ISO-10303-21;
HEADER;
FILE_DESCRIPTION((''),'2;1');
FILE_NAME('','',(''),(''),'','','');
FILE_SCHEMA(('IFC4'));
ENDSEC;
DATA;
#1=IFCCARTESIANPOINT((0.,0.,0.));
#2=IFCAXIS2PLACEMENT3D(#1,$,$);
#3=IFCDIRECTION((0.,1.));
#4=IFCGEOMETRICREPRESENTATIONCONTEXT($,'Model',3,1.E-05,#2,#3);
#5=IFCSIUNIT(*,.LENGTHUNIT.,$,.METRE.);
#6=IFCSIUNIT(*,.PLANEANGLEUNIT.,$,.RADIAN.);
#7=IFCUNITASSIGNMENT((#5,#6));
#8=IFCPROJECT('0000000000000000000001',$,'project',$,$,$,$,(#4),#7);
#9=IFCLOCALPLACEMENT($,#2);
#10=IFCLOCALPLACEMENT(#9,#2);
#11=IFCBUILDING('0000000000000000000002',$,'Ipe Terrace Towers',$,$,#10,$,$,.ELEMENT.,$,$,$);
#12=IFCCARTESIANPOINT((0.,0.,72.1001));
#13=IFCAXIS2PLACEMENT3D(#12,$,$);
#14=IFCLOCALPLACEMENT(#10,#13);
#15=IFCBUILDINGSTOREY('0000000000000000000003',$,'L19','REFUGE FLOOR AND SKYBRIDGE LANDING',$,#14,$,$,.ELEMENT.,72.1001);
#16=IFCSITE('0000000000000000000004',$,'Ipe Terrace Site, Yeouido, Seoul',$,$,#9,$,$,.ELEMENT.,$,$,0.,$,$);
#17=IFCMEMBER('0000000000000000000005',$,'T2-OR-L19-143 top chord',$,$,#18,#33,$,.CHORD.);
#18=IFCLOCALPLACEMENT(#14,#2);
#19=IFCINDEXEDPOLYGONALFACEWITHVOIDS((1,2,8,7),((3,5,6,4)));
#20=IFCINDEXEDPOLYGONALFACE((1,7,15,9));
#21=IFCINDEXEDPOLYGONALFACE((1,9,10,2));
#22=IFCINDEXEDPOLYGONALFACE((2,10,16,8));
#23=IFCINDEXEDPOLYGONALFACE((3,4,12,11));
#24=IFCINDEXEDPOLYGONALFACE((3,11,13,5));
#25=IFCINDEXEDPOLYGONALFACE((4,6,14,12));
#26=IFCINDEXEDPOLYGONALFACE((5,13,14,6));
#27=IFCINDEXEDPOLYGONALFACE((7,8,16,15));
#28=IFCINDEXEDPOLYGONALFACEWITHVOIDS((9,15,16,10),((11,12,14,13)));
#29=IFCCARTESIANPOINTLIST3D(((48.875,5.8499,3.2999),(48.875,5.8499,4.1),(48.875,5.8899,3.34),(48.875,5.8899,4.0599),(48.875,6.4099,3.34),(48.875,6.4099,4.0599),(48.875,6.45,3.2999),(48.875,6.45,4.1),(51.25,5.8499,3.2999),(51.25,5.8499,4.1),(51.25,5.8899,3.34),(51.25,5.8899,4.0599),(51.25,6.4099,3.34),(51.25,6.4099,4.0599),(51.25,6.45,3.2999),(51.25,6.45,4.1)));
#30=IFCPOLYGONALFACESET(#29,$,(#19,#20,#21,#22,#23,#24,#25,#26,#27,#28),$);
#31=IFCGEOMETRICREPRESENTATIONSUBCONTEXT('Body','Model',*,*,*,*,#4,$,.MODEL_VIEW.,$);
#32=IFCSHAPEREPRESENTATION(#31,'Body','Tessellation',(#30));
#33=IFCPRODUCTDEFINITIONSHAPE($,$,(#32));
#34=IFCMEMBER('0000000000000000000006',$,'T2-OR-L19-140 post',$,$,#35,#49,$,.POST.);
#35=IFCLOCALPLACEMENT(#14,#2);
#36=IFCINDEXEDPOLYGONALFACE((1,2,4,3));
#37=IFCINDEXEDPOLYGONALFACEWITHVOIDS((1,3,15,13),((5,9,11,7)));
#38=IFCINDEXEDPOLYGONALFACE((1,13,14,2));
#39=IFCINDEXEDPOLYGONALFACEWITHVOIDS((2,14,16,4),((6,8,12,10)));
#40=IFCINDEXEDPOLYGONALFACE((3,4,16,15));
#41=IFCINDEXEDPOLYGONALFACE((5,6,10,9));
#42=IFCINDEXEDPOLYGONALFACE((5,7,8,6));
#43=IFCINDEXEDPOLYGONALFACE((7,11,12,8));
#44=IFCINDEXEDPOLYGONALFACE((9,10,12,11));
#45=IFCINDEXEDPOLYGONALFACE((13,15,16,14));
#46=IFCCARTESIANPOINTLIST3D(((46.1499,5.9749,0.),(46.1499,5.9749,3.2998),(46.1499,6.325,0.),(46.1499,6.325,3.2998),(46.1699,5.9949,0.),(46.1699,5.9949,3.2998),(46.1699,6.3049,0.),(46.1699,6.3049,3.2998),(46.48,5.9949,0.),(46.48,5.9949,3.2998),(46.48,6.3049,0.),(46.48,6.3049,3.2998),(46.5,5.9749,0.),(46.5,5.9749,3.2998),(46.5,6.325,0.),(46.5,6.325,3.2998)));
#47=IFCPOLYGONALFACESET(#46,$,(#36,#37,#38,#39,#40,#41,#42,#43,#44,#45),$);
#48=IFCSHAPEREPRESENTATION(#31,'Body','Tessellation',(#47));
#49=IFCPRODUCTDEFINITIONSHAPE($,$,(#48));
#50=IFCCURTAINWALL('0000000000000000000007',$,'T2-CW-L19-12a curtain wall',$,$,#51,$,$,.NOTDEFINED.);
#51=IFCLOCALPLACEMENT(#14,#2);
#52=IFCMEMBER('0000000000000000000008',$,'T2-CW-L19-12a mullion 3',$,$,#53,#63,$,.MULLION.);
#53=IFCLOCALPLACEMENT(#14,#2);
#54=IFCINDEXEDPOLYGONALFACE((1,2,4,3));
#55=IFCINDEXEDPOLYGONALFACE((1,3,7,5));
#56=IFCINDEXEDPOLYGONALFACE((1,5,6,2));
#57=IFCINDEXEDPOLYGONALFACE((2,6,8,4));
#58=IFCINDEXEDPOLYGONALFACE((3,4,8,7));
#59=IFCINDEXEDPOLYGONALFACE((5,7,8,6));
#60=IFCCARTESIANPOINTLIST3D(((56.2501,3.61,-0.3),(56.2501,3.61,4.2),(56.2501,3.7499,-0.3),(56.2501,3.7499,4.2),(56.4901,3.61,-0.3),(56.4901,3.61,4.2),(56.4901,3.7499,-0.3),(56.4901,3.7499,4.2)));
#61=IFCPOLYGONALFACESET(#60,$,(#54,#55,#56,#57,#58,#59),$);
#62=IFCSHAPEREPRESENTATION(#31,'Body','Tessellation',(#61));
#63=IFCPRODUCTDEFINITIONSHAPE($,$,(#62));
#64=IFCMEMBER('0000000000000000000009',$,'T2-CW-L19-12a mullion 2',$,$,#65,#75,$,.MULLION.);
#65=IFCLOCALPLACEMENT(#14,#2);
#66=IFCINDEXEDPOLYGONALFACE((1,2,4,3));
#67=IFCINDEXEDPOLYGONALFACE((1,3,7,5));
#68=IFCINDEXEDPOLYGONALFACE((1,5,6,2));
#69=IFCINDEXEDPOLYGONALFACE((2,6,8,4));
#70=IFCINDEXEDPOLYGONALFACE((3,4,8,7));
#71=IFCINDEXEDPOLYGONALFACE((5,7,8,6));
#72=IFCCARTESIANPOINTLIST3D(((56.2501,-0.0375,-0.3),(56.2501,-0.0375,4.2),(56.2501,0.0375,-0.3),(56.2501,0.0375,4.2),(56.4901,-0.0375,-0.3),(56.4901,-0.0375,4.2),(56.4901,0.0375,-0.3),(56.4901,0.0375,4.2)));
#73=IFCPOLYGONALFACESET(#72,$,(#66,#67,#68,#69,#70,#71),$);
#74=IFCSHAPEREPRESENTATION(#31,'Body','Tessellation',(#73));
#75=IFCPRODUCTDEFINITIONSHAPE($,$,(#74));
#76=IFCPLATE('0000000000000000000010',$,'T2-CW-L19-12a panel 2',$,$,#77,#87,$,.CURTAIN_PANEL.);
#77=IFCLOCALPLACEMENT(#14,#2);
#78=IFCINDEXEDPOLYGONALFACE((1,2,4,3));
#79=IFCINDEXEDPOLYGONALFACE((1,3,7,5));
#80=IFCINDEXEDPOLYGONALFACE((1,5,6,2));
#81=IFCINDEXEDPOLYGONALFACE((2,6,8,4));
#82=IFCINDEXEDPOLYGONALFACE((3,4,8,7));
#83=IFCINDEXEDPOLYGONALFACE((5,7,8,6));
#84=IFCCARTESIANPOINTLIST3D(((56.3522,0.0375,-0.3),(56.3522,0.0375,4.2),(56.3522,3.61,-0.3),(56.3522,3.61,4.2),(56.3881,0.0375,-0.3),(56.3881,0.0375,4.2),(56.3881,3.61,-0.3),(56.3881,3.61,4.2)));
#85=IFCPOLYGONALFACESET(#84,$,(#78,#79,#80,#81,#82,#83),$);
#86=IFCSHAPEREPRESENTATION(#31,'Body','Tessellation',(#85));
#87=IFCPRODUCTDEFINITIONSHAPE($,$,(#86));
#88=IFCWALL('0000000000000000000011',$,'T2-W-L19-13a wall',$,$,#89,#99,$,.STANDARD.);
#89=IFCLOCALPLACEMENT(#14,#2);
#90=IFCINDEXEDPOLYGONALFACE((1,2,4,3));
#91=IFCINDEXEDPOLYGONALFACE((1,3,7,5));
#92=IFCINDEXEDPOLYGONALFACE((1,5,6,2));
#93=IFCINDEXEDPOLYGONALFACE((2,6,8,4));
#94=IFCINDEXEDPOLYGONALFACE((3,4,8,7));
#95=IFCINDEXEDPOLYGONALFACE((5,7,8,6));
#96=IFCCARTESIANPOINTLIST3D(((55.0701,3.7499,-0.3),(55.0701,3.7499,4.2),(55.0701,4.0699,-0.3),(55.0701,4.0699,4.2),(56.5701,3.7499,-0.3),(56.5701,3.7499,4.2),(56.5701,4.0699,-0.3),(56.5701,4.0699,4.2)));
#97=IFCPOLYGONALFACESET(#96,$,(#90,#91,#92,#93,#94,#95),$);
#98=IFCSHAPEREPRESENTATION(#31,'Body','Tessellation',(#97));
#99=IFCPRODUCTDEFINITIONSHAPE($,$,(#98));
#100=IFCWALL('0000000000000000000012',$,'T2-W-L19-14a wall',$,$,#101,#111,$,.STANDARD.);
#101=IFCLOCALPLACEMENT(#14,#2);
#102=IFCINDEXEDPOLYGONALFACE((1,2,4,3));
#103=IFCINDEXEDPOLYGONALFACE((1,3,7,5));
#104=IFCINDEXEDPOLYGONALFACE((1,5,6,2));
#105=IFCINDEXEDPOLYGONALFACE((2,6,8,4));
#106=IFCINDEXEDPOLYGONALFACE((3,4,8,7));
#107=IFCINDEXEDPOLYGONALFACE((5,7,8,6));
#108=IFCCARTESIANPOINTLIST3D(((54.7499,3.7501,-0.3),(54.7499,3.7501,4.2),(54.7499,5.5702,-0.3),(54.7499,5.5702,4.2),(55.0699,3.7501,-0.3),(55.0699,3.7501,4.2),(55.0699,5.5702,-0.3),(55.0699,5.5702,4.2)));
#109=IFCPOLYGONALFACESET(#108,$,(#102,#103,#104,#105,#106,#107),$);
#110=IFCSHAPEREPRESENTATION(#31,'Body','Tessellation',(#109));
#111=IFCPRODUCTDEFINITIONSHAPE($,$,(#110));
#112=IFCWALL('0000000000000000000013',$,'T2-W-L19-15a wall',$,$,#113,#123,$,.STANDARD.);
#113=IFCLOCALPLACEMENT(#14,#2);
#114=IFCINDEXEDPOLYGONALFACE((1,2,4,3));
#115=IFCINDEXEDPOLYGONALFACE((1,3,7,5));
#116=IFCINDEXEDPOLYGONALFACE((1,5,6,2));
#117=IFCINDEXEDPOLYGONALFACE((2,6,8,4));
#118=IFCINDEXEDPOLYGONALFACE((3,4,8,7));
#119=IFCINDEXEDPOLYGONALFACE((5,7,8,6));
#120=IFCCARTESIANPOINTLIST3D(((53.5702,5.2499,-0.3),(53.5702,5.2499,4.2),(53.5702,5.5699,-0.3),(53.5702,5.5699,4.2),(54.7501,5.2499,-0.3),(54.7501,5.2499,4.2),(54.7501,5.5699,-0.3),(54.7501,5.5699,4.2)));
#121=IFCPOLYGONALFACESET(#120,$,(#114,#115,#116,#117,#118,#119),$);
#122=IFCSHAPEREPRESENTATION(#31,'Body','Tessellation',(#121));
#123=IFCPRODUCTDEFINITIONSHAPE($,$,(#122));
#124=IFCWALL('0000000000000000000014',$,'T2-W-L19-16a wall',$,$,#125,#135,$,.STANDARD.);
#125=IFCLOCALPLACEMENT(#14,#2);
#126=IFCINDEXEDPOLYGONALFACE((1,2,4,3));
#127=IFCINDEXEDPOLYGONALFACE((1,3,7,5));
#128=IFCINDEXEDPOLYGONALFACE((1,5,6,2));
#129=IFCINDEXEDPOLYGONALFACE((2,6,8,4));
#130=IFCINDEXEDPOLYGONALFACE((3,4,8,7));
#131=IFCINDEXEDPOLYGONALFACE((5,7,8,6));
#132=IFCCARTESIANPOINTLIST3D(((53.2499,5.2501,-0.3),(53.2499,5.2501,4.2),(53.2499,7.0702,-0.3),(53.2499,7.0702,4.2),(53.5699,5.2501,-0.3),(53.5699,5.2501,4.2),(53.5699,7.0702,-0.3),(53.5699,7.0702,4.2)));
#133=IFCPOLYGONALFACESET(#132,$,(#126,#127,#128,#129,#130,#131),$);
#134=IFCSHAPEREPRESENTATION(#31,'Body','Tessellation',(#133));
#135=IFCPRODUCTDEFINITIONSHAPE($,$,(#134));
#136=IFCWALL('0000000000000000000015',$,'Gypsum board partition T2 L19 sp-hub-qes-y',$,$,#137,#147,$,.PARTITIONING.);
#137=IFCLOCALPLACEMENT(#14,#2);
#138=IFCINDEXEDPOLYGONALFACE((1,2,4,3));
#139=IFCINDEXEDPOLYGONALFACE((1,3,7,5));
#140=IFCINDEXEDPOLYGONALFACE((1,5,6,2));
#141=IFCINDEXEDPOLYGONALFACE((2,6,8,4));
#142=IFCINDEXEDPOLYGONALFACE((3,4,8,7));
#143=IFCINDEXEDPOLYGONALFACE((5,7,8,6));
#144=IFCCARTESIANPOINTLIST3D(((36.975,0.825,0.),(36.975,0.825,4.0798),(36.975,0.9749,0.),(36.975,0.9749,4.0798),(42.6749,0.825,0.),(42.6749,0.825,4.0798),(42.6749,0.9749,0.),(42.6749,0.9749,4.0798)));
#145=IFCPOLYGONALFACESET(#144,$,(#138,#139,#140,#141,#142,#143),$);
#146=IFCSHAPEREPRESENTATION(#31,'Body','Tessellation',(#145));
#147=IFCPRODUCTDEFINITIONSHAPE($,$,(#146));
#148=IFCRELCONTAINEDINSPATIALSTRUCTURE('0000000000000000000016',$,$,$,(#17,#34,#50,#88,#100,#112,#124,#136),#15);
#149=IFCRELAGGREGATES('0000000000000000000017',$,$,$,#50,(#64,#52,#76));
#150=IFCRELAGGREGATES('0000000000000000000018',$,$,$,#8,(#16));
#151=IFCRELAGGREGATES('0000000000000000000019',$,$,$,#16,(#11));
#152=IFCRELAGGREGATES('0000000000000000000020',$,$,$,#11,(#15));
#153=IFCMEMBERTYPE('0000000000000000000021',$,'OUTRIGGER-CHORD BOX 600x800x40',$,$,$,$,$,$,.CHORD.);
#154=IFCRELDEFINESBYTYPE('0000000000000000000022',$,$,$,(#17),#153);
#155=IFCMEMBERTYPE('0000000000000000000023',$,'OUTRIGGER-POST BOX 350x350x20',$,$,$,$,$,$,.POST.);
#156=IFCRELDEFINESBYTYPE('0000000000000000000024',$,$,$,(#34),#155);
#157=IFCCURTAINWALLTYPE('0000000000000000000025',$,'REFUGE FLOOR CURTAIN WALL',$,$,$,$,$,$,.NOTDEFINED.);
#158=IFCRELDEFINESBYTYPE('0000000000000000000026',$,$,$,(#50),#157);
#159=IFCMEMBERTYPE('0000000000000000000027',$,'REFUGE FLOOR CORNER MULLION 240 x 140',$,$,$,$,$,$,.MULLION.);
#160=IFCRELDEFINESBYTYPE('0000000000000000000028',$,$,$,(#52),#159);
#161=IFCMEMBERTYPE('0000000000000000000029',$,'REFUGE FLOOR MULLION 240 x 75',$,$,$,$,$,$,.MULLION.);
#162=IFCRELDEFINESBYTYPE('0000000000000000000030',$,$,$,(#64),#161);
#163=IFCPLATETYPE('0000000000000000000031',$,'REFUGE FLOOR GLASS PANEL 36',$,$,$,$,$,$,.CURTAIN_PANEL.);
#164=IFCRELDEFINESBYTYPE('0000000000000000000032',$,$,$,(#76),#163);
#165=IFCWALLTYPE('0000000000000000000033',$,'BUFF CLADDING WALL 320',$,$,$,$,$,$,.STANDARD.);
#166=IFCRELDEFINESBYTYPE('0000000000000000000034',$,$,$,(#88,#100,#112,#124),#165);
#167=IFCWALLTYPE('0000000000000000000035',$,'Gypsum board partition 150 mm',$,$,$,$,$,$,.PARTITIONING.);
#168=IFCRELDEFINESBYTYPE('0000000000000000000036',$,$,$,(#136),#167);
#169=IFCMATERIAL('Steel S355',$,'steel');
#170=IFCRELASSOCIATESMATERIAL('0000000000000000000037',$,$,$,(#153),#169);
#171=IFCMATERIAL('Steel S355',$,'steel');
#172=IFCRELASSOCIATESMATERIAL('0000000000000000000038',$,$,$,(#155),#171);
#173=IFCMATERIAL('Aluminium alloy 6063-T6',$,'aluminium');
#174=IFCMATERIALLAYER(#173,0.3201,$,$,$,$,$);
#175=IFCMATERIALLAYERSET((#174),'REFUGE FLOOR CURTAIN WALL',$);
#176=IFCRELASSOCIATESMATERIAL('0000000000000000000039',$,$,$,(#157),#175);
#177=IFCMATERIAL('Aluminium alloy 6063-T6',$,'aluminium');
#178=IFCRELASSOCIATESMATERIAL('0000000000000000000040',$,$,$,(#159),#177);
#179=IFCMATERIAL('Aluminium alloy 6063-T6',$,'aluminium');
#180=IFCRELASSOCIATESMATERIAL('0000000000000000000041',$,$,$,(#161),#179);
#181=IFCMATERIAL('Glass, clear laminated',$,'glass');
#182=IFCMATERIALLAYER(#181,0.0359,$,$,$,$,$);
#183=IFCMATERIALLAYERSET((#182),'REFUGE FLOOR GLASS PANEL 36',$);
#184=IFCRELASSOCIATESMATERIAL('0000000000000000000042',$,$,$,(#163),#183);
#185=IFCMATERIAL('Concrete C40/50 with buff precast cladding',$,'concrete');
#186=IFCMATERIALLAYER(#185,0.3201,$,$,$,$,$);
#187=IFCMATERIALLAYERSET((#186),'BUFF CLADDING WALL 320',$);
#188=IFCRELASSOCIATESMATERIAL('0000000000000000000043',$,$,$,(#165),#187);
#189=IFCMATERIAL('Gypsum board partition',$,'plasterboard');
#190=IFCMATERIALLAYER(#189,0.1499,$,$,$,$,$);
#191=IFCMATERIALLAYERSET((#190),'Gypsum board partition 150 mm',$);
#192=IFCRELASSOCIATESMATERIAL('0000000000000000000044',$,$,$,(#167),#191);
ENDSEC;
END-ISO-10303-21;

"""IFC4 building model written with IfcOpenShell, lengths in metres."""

from ifc_helpers import new_model, si_unit, direction, frame, frame_2d, origin, origin_2d, place, context, subcontext, project, spatial, rectangle, hollow_rectangle, extrude, material, layer, layer_set, material_profile, profile_set, type_object, element, aggregate, save


model = new_model("IFC4")

# Units and contexts
model_context = context("Model", 3, precision=1e-05, world=origin(), true_north=direction((0.0, 1.0)))
body_context = subcontext(model_context, "Body", "Model", "MODEL_VIEW")
ifc_project = project(units=[si_unit("LENGTHUNIT", "METRE"), si_unit("PLANEANGLEUNIT", "RADIAN")], contexts=[model_context])

# Site, building, storey
site_placement = place(None, origin())
site = spatial("IfcSite", under=ifc_project, at=site_placement, Name="Ipe Terrace Site, Yeouido, Seoul", CompositionType="ELEMENT", RefElevation=0.0)
building_placement = place(site_placement, origin())
building = spatial("IfcBuilding", under=site, at=building_placement, Name="Ipe Terrace Towers", CompositionType="ELEMENT")
storey_placement = place(building_placement, frame((0.0, 0.0, 72.1001)))
storey = spatial("IfcBuildingStorey", under=building, at=storey_placement, Name="L19", Description="REFUGE FLOOR AND SKYBRIDGE LANDING", CompositionType="ELEMENT", Elevation=72.1001)

# Members
ifc_material_1 = material(Name="Steel S355", Category="steel")
ifc_material_profile_1 = material_profile(ifc_material_1, hollow_rectangle(XDim=0.6001, YDim=0.8, WallThickness=0.04, at=origin_2d()), Name="OUTRIGGER-CHORD BOX 600x800x40")
ifc_profile_set_1 = profile_set([ifc_material_profile_1], Name="Steel S355")
member_type_1 = type_object("IfcMemberType", Name="OUTRIGGER-CHORD BOX 600x800x40", PredefinedType="CHORD", material=ifc_profile_set_1)
member_1_placement = place(storey_placement, frame((48.875, 6.1499, 3.7), z_axis=(1.0, 0.0, 0.0), x_axis=(0.0, 1.0, 0.0)))
element("IfcMember", 1, at=member_1_placement, inside=storey, type_object=member_type_1, Name="T2-OR-L19-143 top chord", PredefinedType="CHORD", context=body_context, shape_type="SweptSolid", body=[
    extrude(hollow_rectangle(XDim=0.6001, YDim=0.8, WallThickness=0.04, at=origin_2d()), origin(), (0.0, 0.0, 1.0), 2.375),
])
ifc_material_2 = material(Name="Steel S355", Category="steel")
ifc_material_profile_2 = material_profile(ifc_material_2, hollow_rectangle(XDim=0.3501, YDim=0.3501, WallThickness=0.02, at=origin_2d()), Name="OUTRIGGER-POST BOX 350x350x20")
ifc_profile_set_2 = profile_set([ifc_material_profile_2], Name="Steel S355")
member_type_2 = type_object("IfcMemberType", Name="OUTRIGGER-POST BOX 350x350x20", PredefinedType="POST", material=ifc_profile_set_2)
member_2_placement = place(storey_placement, frame((46.325, 6.1499, 0.0), z_axis=(0.0, 0.0, 1.0), x_axis=(1.0, 0.0, 0.0)))
element("IfcMember", 2, at=member_2_placement, inside=storey, type_object=member_type_2, Name="T2-OR-L19-140 post", PredefinedType="POST", context=body_context, shape_type="SweptSolid", body=[
    extrude(hollow_rectangle(XDim=0.3501, YDim=0.3501, WallThickness=0.02, at=origin_2d()), origin(), (0.0, 0.0, 1.0), 3.2998),
])

# Curtain wall, members, plate
ifc_material_3 = material(Name="Aluminium alloy 6063-T6", Category="aluminium")
ifc_layer_1 = layer(ifc_material_3, 0.3201)
ifc_layer_set_1 = layer_set([ifc_layer_1], Name="REFUGE FLOOR CURTAIN WALL")
curtain_wall_type = type_object("IfcCurtainWallType", Name="REFUGE FLOOR CURTAIN WALL", PredefinedType="NOTDEFINED", material=ifc_layer_set_1)
curtain_wall_placement = place(storey_placement, origin())
curtain_wall = element("IfcCurtainWall", 3, at=curtain_wall_placement, inside=storey, type_object=curtain_wall_type, Name="T2-CW-L19-12a curtain wall", PredefinedType="NOTDEFINED")
ifc_material_4 = material(Name="Aluminium alloy 6063-T6", Category="aluminium")
ifc_material_profile_3 = material_profile(ifc_material_4, rectangle(XDim=0.24, YDim=0.1399, at=origin_2d()), Name="REFUGE FLOOR CORNER MULLION 240 x 140")
ifc_profile_set_3 = profile_set([ifc_material_profile_3], Name="Aluminium alloy 6063-T6")
member_type_3 = type_object("IfcMemberType", Name="REFUGE FLOOR CORNER MULLION 240 x 140", PredefinedType="MULLION", material=ifc_profile_set_3)
member_3_placement = place(storey_placement, frame((56.3701, 3.6799, -0.3), z_axis=(0.0, 0.0, 1.0), x_axis=(1.0, 0.0, 0.0)))
member_3 = element("IfcMember", 4, at=member_3_placement, type_object=member_type_3, Name="T2-CW-L19-12a mullion 3", PredefinedType="MULLION", context=body_context, shape_type="SweptSolid", body=[
    extrude(rectangle(XDim=0.24, YDim=0.1399, at=origin_2d()), origin(), (0.0, 0.0, 1.0), 4.5),
])
ifc_material_5 = material(Name="Aluminium alloy 6063-T6", Category="aluminium")
ifc_material_profile_4 = material_profile(ifc_material_5, rectangle(XDim=0.24, YDim=0.075, at=origin_2d()), Name="REFUGE FLOOR MULLION 240 x 75")
ifc_profile_set_4 = profile_set([ifc_material_profile_4], Name="Aluminium alloy 6063-T6")
member_type_4 = type_object("IfcMemberType", Name="REFUGE FLOOR MULLION 240 x 75", PredefinedType="MULLION", material=ifc_profile_set_4)
member_4_placement = place(storey_placement, frame((56.3701, 0.0, -0.3), z_axis=(0.0, 0.0, 1.0), x_axis=(1.0, 0.0, 0.0)))
member_4 = element("IfcMember", 5, at=member_4_placement, type_object=member_type_4, Name="T2-CW-L19-12a mullion 2", PredefinedType="MULLION", context=body_context, shape_type="SweptSolid", body=[
    extrude(rectangle(XDim=0.24, YDim=0.075, at=origin_2d()), origin(), (0.0, 0.0, 1.0), 4.5),
])
ifc_material_6 = material(Name="Glass, clear laminated", Category="glass")
ifc_layer_2 = layer(ifc_material_6, 0.0359)
ifc_layer_set_2 = layer_set([ifc_layer_2], Name="REFUGE FLOOR GLASS PANEL 36")
plate_type = type_object("IfcPlateType", Name="REFUGE FLOOR GLASS PANEL 36", PredefinedType="CURTAIN_PANEL", material=ifc_layer_set_2)
plate_placement = place(storey_placement, frame((56.3701, 1.8237, -0.3), z_axis=(0.0, 0.0, 1.0), x_axis=(0.0, 1.0, 0.0)))
plate = element("IfcPlate", 6, at=plate_placement, type_object=plate_type, Name="T2-CW-L19-12a panel 2", PredefinedType="CURTAIN_PANEL", context=body_context, shape_type="SweptSolid", body=[
    extrude(rectangle(XDim=3.5725, YDim=0.0359, at=origin_2d()), origin(), (0.0, 0.0, 1.0), 4.5),
])
aggregate(curtain_wall, [member_4, member_3, plate])

# Walls
ifc_material_7 = material(Name="Concrete C40/50 with buff precast cladding", Category="concrete")
ifc_layer_3 = layer(ifc_material_7, 0.3201)
ifc_layer_set_3 = layer_set([ifc_layer_3], Name="BUFF CLADDING WALL 320")
wall_type_1 = type_object("IfcWallType", Name="BUFF CLADDING WALL 320", PredefinedType="STANDARD", material=ifc_layer_set_3)
wall_1_placement = place(storey_placement, frame((56.5701, 3.9099, -0.3), z_axis=(0.0, 0.0, 1.0), x_axis=(-1.0, 0.0, 0.0)))
element("IfcWall", 7, at=wall_1_placement, inside=storey, type_object=wall_type_1, Name="T2-W-L19-13a wall", PredefinedType="STANDARD", context=body_context, shape_type="SweptSolid", body=[
    extrude(rectangle(XDim=1.5, YDim=0.3201, at=frame_2d((0.75, 0.0))), origin(), (0.0, 0.0, 1.0), 4.5),
])
wall_2_placement = place(storey_placement, frame((54.9099, 3.75, -0.3), z_axis=(0.0, 0.0, 1.0), x_axis=(0.0, 1.0, 0.0)))
element("IfcWall", 8, at=wall_2_placement, inside=storey, type_object=wall_type_1, Name="T2-W-L19-14a wall", PredefinedType="STANDARD", context=body_context, shape_type="SweptSolid", body=[
    extrude(rectangle(XDim=1.8201, YDim=0.3201, at=frame_2d((0.9102, 0.0))), origin(), (0.0, 0.0, 1.0), 4.5),
])
wall_3_placement = place(storey_placement, frame((54.75, 5.4099, -0.3), z_axis=(0.0, 0.0, 1.0), x_axis=(-1.0, 0.0, 0.0)))
element("IfcWall", 9, at=wall_3_placement, inside=storey, type_object=wall_type_1, Name="T2-W-L19-15a wall", PredefinedType="STANDARD", context=body_context, shape_type="SweptSolid", body=[
    extrude(rectangle(XDim=1.1799, YDim=0.3201, at=frame_2d((0.5898, 0.0))), origin(), (0.0, 0.0, 1.0), 4.5),
])
wall_4_placement = place(storey_placement, frame((53.4099, 5.25, -0.3), z_axis=(0.0, 0.0, 1.0), x_axis=(0.0, 1.0, 0.0)))
element("IfcWall", 10, at=wall_4_placement, inside=storey, type_object=wall_type_1, Name="T2-W-L19-16a wall", PredefinedType="STANDARD", context=body_context, shape_type="SweptSolid", body=[
    extrude(rectangle(XDim=1.8201, YDim=0.3201, at=frame_2d((0.9102, 0.0))), origin(), (0.0, 0.0, 1.0), 4.5),
])
ifc_material_8 = material(Name="Gypsum board partition", Category="plasterboard")
ifc_layer_4 = layer(ifc_material_8, 0.1499)
ifc_layer_set_4 = layer_set([ifc_layer_4], Name="Gypsum board partition 150 mm")
wall_type_2 = type_object("IfcWallType", Name="Gypsum board partition 150 mm", PredefinedType="PARTITIONING", material=ifc_layer_set_4)
wall_5_placement = place(storey_placement, frame((42.675, 0.8999, 0.0), z_axis=(0.0, 0.0, 1.0), x_axis=(-1.0, 0.0, 0.0)))
element("IfcWall", 11, at=wall_5_placement, inside=storey, type_object=wall_type_2, Name="Gypsum board partition T2 L19 sp-hub-qes-y", PredefinedType="PARTITIONING", context=body_context, shape_type="SweptSolid", body=[
    extrude(rectangle(XDim=5.7, YDim=0.1499, at=frame_2d((2.8501, 0.0))), origin(), (0.0, 0.0, 1.0), 4.0798),
])

save(model, "model.ifc")
